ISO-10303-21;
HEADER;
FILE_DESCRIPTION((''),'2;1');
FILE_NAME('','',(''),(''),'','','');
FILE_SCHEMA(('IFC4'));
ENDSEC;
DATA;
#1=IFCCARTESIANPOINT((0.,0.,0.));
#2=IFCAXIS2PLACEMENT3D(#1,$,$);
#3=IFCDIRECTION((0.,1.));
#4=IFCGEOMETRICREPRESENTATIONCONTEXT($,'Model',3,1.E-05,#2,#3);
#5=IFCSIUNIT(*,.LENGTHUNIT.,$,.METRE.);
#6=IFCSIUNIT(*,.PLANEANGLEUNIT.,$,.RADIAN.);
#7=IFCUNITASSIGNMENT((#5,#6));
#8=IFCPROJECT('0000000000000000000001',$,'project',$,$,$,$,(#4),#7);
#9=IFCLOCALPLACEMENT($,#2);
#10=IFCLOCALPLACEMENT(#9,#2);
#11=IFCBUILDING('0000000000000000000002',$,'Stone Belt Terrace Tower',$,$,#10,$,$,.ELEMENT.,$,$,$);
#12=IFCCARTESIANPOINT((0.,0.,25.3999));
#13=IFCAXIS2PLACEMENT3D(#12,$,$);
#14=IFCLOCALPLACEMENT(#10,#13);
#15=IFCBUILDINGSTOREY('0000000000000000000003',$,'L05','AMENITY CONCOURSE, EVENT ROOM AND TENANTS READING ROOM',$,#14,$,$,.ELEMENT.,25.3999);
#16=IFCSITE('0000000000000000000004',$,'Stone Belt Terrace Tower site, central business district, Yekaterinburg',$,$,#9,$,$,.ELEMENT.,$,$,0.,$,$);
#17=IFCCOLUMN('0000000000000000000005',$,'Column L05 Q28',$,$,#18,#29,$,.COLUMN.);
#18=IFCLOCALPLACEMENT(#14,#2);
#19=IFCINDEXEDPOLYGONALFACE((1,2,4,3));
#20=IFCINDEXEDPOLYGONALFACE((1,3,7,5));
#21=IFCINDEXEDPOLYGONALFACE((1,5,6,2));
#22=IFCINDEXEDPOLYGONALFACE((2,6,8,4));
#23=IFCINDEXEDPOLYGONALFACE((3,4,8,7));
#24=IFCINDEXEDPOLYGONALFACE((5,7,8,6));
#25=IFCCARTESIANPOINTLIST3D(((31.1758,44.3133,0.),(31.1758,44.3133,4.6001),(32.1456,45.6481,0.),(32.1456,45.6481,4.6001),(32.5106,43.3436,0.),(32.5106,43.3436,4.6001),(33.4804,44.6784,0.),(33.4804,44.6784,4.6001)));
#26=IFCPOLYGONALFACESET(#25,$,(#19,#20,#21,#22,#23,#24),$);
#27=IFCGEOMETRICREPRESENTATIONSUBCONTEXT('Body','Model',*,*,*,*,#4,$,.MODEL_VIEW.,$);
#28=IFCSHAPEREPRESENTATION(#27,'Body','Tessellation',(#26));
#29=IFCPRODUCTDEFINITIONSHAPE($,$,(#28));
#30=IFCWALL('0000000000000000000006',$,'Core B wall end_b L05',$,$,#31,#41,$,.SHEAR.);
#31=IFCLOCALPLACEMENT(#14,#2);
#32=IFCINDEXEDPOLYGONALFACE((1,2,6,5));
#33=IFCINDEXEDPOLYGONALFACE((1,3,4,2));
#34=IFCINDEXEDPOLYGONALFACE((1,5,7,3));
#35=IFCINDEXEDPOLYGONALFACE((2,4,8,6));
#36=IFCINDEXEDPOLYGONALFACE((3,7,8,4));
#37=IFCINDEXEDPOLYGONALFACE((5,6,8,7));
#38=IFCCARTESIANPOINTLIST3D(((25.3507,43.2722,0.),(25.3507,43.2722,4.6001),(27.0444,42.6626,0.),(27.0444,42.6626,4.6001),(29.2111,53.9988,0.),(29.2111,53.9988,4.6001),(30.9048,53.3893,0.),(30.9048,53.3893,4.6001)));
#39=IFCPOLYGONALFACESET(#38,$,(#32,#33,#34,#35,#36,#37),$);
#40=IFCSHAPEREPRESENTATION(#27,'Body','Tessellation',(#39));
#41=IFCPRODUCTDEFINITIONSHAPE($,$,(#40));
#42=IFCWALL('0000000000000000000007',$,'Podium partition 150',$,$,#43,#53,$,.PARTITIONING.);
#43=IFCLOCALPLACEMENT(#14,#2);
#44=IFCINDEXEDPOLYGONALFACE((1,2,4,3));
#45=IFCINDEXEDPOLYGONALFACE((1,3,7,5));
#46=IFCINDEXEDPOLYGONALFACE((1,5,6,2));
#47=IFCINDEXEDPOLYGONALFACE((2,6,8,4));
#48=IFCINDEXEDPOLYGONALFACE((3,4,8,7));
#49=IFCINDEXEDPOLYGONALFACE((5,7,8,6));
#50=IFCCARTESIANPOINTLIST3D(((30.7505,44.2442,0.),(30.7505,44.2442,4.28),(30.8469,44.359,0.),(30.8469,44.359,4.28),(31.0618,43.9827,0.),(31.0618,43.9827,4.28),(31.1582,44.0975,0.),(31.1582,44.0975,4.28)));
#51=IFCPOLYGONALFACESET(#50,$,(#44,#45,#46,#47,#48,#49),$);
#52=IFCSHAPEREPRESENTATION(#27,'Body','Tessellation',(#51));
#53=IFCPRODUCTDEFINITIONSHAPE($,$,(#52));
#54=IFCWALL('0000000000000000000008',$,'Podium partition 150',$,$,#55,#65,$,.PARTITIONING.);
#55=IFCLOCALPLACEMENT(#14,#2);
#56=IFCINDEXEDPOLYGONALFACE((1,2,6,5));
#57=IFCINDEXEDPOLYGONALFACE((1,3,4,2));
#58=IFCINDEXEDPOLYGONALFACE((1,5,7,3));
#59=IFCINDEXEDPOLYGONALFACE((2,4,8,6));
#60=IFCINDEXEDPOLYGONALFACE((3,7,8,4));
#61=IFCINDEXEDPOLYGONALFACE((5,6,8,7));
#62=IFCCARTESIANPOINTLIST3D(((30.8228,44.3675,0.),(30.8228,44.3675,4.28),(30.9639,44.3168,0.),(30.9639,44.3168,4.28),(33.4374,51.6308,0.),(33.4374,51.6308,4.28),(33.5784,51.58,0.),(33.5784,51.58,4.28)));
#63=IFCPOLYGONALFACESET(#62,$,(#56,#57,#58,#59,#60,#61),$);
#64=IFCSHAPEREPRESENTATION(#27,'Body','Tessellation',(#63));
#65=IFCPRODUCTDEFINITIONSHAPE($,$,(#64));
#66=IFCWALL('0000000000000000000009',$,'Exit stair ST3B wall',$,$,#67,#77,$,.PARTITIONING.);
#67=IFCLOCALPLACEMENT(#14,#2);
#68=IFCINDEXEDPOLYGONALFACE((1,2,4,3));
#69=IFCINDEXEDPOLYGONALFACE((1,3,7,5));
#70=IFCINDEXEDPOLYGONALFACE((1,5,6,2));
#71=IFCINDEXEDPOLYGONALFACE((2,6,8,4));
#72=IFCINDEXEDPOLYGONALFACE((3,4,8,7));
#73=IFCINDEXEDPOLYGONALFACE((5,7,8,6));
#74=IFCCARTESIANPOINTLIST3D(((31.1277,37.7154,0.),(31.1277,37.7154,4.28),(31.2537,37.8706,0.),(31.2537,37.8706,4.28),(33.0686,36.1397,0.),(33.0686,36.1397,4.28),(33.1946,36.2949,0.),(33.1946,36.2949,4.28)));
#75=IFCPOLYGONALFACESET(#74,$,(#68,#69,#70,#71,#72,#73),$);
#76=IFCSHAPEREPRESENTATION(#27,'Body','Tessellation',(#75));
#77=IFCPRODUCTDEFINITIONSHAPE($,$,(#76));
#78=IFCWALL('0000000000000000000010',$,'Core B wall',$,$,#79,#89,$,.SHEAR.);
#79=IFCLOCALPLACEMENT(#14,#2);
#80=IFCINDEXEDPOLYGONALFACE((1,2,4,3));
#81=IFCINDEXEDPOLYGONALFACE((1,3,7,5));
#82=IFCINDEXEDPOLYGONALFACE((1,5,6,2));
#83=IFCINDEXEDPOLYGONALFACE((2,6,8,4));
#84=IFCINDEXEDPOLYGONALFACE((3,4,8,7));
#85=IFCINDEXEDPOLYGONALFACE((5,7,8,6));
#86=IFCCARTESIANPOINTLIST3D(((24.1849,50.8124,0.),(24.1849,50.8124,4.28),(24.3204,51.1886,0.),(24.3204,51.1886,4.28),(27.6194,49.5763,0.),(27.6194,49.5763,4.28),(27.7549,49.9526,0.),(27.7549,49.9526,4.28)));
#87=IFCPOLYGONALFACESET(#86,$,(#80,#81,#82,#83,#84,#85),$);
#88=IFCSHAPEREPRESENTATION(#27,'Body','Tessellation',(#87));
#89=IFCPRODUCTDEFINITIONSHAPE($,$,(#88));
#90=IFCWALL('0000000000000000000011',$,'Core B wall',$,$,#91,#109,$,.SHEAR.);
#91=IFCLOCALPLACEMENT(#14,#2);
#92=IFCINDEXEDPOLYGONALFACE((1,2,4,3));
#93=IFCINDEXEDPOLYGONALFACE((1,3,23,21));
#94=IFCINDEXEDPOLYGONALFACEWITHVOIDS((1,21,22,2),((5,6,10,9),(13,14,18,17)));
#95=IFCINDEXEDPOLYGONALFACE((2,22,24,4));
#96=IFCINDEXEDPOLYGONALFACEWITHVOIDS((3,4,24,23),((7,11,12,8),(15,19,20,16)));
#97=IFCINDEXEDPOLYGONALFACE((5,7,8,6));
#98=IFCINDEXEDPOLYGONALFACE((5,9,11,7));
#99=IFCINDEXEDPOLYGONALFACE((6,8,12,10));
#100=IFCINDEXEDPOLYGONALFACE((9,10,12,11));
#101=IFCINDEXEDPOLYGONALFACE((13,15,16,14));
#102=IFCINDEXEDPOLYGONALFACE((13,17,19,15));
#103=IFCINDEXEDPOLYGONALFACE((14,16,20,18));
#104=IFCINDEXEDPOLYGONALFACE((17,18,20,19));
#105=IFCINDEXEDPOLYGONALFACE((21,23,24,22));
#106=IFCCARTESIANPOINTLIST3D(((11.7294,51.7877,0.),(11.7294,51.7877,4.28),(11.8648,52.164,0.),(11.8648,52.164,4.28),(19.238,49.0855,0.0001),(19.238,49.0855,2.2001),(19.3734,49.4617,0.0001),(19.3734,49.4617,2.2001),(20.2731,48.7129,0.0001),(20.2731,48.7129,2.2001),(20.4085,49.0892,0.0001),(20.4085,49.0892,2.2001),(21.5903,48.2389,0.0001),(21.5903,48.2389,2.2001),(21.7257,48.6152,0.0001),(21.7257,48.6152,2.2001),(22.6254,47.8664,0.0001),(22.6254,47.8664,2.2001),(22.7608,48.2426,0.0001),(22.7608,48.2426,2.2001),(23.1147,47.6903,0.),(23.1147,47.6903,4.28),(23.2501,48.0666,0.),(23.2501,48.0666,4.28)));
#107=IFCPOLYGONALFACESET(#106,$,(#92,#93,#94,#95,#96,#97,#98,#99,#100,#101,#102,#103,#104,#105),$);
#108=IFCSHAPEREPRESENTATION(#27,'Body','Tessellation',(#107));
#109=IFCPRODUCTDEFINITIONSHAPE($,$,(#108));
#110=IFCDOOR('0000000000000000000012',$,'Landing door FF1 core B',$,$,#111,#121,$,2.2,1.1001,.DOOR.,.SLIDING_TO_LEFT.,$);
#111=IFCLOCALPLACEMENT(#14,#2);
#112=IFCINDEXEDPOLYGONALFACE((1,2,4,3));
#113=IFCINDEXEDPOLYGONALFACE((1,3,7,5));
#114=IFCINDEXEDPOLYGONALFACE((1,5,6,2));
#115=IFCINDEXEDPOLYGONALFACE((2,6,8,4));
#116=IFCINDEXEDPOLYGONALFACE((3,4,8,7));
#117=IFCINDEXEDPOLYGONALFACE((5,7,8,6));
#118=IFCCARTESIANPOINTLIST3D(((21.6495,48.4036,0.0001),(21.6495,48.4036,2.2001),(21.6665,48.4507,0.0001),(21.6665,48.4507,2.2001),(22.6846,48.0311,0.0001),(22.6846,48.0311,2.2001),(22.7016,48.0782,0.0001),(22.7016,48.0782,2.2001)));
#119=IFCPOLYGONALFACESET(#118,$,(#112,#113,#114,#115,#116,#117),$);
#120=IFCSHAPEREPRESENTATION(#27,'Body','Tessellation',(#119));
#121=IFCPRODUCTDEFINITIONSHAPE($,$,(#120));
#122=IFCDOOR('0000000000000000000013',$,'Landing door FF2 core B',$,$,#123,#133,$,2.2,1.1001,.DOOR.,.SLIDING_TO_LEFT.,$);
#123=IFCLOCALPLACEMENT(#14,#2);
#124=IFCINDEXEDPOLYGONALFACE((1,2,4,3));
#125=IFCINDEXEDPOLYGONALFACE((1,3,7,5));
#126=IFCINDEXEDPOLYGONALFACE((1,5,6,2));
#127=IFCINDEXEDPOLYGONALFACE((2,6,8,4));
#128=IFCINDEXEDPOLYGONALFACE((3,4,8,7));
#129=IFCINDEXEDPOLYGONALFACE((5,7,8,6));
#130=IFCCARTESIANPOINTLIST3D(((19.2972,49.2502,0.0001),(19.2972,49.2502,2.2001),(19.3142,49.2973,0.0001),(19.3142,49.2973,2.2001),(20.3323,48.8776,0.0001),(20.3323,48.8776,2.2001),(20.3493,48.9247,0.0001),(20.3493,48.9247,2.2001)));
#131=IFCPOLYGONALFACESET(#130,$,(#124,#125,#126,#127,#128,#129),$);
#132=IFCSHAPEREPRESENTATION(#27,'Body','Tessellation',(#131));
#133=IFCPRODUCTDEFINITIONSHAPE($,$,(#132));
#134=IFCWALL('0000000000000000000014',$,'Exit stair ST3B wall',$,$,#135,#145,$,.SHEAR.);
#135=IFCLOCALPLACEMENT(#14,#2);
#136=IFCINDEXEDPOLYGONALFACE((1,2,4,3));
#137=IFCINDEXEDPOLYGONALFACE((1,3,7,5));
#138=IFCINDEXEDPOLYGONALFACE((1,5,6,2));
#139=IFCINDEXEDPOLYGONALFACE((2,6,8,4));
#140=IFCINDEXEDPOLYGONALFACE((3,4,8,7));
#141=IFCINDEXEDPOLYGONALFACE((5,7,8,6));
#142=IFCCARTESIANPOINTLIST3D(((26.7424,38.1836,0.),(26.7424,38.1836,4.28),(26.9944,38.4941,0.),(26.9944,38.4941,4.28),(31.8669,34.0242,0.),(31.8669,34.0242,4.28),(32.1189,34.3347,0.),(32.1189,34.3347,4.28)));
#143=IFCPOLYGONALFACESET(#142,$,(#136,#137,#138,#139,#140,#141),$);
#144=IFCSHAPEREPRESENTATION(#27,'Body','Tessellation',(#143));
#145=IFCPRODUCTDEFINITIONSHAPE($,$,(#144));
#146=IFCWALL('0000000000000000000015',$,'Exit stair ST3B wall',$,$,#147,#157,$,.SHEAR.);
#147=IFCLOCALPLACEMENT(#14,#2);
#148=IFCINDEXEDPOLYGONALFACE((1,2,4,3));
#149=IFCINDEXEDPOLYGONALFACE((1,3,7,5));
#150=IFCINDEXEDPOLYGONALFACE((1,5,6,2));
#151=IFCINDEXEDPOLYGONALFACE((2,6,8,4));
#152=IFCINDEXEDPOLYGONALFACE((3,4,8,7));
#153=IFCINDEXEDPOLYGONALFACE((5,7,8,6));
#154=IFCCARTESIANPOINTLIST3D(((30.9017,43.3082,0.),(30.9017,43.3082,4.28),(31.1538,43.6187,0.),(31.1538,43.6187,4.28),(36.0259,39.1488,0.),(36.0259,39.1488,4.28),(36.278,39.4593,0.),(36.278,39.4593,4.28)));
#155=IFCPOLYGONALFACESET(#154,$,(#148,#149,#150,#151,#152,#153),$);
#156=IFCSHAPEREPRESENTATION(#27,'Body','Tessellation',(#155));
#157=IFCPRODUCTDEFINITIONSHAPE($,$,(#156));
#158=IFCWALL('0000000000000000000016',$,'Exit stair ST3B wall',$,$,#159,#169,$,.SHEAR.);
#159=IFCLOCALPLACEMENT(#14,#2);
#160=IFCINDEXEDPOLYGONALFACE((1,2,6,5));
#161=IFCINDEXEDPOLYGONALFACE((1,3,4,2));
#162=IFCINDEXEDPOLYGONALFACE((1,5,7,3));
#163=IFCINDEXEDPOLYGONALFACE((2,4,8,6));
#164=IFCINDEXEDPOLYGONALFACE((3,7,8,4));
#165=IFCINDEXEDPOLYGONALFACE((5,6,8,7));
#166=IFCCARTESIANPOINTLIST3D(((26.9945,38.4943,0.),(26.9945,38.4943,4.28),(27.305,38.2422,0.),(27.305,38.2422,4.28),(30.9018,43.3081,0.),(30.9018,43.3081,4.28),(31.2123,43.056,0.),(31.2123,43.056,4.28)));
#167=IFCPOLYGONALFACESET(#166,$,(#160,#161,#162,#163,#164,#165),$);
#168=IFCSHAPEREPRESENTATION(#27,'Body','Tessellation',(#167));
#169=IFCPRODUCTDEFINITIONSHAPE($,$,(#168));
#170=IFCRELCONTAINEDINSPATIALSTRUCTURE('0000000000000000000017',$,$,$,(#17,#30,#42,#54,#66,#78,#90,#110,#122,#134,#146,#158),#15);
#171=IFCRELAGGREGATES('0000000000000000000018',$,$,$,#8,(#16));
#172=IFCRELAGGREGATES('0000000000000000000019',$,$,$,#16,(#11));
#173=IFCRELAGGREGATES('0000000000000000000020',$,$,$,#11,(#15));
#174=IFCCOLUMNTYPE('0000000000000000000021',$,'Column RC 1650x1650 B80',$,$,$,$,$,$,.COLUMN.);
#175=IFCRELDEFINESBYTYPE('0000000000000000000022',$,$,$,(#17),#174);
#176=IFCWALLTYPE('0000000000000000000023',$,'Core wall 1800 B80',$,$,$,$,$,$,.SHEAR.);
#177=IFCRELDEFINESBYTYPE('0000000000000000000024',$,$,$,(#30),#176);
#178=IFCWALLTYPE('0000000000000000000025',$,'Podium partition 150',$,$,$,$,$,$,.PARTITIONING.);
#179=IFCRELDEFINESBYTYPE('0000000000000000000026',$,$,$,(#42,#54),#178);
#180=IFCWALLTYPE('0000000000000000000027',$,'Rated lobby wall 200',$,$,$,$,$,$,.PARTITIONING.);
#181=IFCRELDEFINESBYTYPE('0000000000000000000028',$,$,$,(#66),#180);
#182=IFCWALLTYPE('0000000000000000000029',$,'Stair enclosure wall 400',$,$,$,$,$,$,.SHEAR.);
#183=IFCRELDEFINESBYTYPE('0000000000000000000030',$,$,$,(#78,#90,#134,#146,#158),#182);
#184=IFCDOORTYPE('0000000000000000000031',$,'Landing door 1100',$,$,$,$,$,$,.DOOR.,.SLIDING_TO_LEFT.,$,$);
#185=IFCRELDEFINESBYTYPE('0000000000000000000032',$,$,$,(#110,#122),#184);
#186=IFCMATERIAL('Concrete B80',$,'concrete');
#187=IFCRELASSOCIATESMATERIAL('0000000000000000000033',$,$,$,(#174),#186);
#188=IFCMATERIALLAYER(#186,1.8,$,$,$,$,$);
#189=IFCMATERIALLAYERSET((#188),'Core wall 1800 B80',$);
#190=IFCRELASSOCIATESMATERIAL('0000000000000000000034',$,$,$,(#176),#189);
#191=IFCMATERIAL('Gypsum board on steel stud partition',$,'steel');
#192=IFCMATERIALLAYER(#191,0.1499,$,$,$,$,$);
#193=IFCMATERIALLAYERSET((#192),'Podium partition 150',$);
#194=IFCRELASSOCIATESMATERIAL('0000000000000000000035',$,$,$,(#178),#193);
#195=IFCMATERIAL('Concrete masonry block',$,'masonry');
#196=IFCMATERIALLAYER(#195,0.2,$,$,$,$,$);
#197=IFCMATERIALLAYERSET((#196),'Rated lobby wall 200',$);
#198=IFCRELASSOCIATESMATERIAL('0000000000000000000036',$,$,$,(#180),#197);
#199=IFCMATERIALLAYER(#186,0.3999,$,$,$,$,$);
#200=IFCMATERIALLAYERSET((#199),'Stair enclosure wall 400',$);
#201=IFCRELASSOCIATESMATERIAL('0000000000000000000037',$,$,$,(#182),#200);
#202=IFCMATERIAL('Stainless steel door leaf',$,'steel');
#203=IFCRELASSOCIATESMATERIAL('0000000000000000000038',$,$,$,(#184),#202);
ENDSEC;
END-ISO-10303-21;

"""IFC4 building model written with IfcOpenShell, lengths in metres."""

from ifc_helpers import new_model, si_unit, direction, frame, frame_2d, origin, origin_2d, place, context, subcontext, project, spatial, rectangle, extrude, material, layer, layer_set, material_profile, profile_set, type_object, element, fill, save


model = new_model("IFC4")

# Units and contexts
model_context = context("Model", 3, precision=1e-05, world=origin(), true_north=direction((0.0, 1.0)))
body_context = subcontext(model_context, "Body", "Model", "MODEL_VIEW")
ifc_project = project(units=[si_unit("LENGTHUNIT", "METRE"), si_unit("PLANEANGLEUNIT", "RADIAN")], contexts=[model_context])

# Site, building, storey
site_placement = place(None, origin())
site = spatial("IfcSite", under=ifc_project, at=site_placement, Name="Stone Belt Terrace Tower site, central business district, Yekaterinburg", CompositionType="ELEMENT", RefElevation=0.0)
building_placement = place(site_placement, origin())
building = spatial("IfcBuilding", under=site, at=building_placement, Name="Stone Belt Terrace Tower", CompositionType="ELEMENT")
storey_placement = place(building_placement, frame((0.0, 0.0, 25.3999)))
storey = spatial("IfcBuildingStorey", under=building, at=storey_placement, Name="L05", Description="AMENITY CONCOURSE, EVENT ROOM AND TENANTS READING ROOM", CompositionType="ELEMENT", Elevation=25.3999)

# Column
ifc_material_1 = material(Name="Concrete B80", Category="concrete")
ifc_material_profile = material_profile(ifc_material_1, rectangle(XDim=1.6499, YDim=1.6499, at=origin_2d()), Name="RC 1650x1650")
ifc_profile_set = profile_set([ifc_material_profile], Name="Concrete B80")
column_type = type_object("IfcColumnType", Name="Column RC 1650x1650 B80", PredefinedType="COLUMN", material=ifc_profile_set)
column_placement = place(storey_placement, frame((32.3281, 44.4958, 0.0), z_axis=(0.0, 0.0, 1.0), x_axis=(0.809017, -0.587785, 0.0)))
element("IfcColumn", 1, at=column_placement, inside=storey, type_object=column_type, Name="Column L05 Q28", PredefinedType="COLUMN", context=body_context, shape_type="SweptSolid", body=[
    extrude(rectangle(XDim=1.6499, YDim=1.6499, at=origin_2d()), origin(), (0.0, 0.0, 1.0), 4.6001),
])

# Walls
ifc_layer_1 = layer(ifc_material_1, 1.8)
ifc_layer_set_1 = layer_set([ifc_layer_1], Name="Core wall 1800 B80")
wall_type_1 = type_object("IfcWallType", Name="Core wall 1800 B80", PredefinedType="SHEAR", material=ifc_layer_set_1)
wall_1_placement = place(storey_placement, frame((26.1975, 42.9673, 0.0), z_axis=(0.0, 0.0, 1.0), x_axis=(0.338625, 0.940921, 0.0)))
element("IfcWall", 2, at=wall_1_placement, inside=storey, type_object=wall_type_1, Name="Core B wall end_b L05", PredefinedType="SHEAR", context=body_context, shape_type="SweptSolid", body=[
    extrude(rectangle(XDim=11.4001, YDim=1.8, at=frame_2d((5.7002, 0.0))), origin(), (0.0, 0.0, 1.0), 4.6001),
])
ifc_material_2 = material(Name="Gypsum board on steel stud partition", Category="steel")
ifc_layer_2 = layer(ifc_material_2, 0.1499)
ifc_layer_set_2 = layer_set([ifc_layer_2], Name="Podium partition 150")
wall_type_2 = type_object("IfcWallType", Name="Podium partition 150", PredefinedType="PARTITIONING", material=ifc_layer_set_2)
wall_2_placement = place(storey_placement, frame((30.7988, 44.3015, 0.0), z_axis=(0.0, 0.0, 1.0), x_axis=(0.765705, -0.643192, 0.0)))
element("IfcWall", 3, at=wall_2_placement, inside=storey, type_object=wall_type_2, Name="Podium partition 150", PredefinedType="PARTITIONING", context=body_context, shape_type="SweptSolid", body=[
    extrude(rectangle(XDim=0.4065, YDim=0.1499, at=frame_2d((0.2031, 0.0))), origin(), (0.0, 0.0, 1.0), 4.28),
])
wall_3_placement = place(storey_placement, frame((30.8933, 44.342, 0.0), z_axis=(0.0, 0.0, 1.0), x_axis=(0.338691, 0.940897, 0.0)))
element("IfcWall", 4, at=wall_3_placement, inside=storey, type_object=wall_type_2, Name="Podium partition 150", PredefinedType="PARTITIONING", context=body_context, shape_type="SweptSolid", body=[
    extrude(rectangle(XDim=7.7195, YDim=0.1499, at=frame_2d((3.8599, 0.0))), origin(), (0.0, 0.0, 1.0), 4.28),
])
ifc_material_3 = material(Name="Concrete masonry block", Category="masonry")
ifc_layer_3 = layer(ifc_material_3, 0.2)
ifc_layer_set_3 = layer_set([ifc_layer_3], Name="Rated lobby wall 200")
wall_type_3 = type_object("IfcWallType", Name="Rated lobby wall 200", PredefinedType="PARTITIONING", material=ifc_layer_set_3)
wall_4_placement = place(storey_placement, frame((31.1907, 37.793, 0.0), z_axis=(0.0, 0.0, 1.0), x_axis=(0.776371, -0.630276, 0.0)))
element("IfcWall", 5, at=wall_4_placement, inside=storey, type_object=wall_type_3, Name="Exit stair ST3B wall", PredefinedType="PARTITIONING", context=body_context, shape_type="SweptSolid", body=[
    extrude(rectangle(XDim=2.5, YDim=0.2, at=frame_2d((1.25, 0.0))), origin(), (0.0, 0.0, 1.0), 4.28),
])
ifc_layer_4 = layer(ifc_material_1, 0.3999)
ifc_layer_set_4 = layer_set([ifc_layer_4], Name="Stair enclosure wall 400")
wall_type_4 = type_object("IfcWallType", Name="Stair enclosure wall 400", PredefinedType="SHEAR", material=ifc_layer_set_4)
wall_5_placement = place(storey_placement, frame((27.6873, 49.7644, 0.0), z_axis=(0.0, 0.0, 1.0), x_axis=(-0.940919, 0.338632, 0.0)))
element("IfcWall", 6, at=wall_5_placement, inside=storey, type_object=wall_type_4, Name="Core B wall", PredefinedType="SHEAR", context=body_context, shape_type="SweptSolid", body=[
    extrude(rectangle(XDim=3.6501, YDim=0.3999, at=frame_2d((1.8252, 0.0))), origin(), (0.0, 0.0, 1.0), 4.28),
])

# Wall, openings, doors
wall_6_placement = place(storey_placement, frame((23.1824, 47.8784, 0.0), z_axis=(0.0, 0.0, 1.0), x_axis=(-0.940921, 0.338626, 0.0)))
wall_6 = element("IfcWall", 7, at=wall_6_placement, inside=storey, type_object=wall_type_4, Name="Core B wall", PredefinedType="SHEAR", context=body_context, shape_type="SweptSolid", body=[
    extrude(rectangle(XDim=12.1001, YDim=0.3999, at=frame_2d((6.05, 0.0))), origin(), (0.0, 0.0, 1.0), 4.28),
])
opening_1_placement = place(wall_6_placement, frame((0.52, 0.0, 0.0)))
opening_1 = element("IfcOpeningElement", 8, at=opening_1_placement, cuts=wall_6, PredefinedType="OPENING", context=body_context, shape_type="SweptSolid", body=[
    extrude(rectangle(XDim=1.1001, YDim=2.2, at=frame_2d((0.55, 1.1001))), frame((0.0, 0.21, 0.0), z_axis=(0.0, -1.0, 0.0), x_axis=(1.0, 0.0, 0.0)), (0.0, 0.0, 1.0), 0.4199),
])
opening_2_placement = place(wall_6_placement, frame((3.02, 0.0, 0.0)))
opening_2 = element("IfcOpeningElement", 9, at=opening_2_placement, cuts=wall_6, PredefinedType="OPENING", context=body_context, shape_type="SweptSolid", body=[
    extrude(rectangle(XDim=1.1001, YDim=2.2, at=frame_2d((0.55, 1.1001))), frame((0.0, 0.21, 0.0), z_axis=(0.0, -1.0, 0.0), x_axis=(1.0, 0.0, 0.0)), (0.0, 0.0, 1.0), 0.4199),
])
ifc_material_4 = material(Name="Stainless steel door leaf", Category="steel")
door_type = type_object("IfcDoorType", Name="Landing door 1100", OperationType="SLIDING_TO_LEFT", PredefinedType="DOOR", material=ifc_material_4)
door_1_placement = place(opening_1_placement, origin())
door_1 = element("IfcDoor", 10, at=door_1_placement, inside=storey, type_object=door_type, Name="Landing door FF1 core B", OperationType="SLIDING_TO_LEFT", OverallHeight=2.2, OverallWidth=1.1001, PredefinedType="DOOR", context=body_context, shape_type="SweptSolid", body=[
    extrude(rectangle(XDim=1.1001, YDim=2.2, at=frame_2d((0.55, 1.1001))), frame((0.0, 0.0249, 0.0), z_axis=(0.0, -1.0, 0.0), x_axis=(1.0, 0.0, 0.0)), (0.0, 0.0, 1.0), 0.05),
])
fill(opening_1, door_1)
door_2_placement = place(opening_2_placement, origin())
door_2 = element("IfcDoor", 11, at=door_2_placement, inside=storey, type_object=door_type, Name="Landing door FF2 core B", OperationType="SLIDING_TO_LEFT", OverallHeight=2.2, OverallWidth=1.1001, PredefinedType="DOOR", context=body_context, shape_type="SweptSolid", body=[
    extrude(rectangle(XDim=1.1001, YDim=2.2, at=frame_2d((0.55, 1.1001))), frame((0.0, 0.0249, 0.0), z_axis=(0.0, -1.0, 0.0), x_axis=(1.0, 0.0, 0.0)), (0.0, 0.0, 1.0), 0.05),
])
fill(opening_2, door_2)

# Walls
wall_7_placement = place(storey_placement, frame((26.8684, 38.3389, 0.0), z_axis=(0.0, 0.0, 1.0), x_axis=(0.776428, -0.630205, 0.0)))
element("IfcWall", 12, at=wall_7_placement, inside=storey, type_object=wall_type_4, Name="Exit stair ST3B wall", PredefinedType="SHEAR", context=body_context, shape_type="SweptSolid", body=[
    extrude(rectangle(XDim=6.6001, YDim=0.3999, at=frame_2d((3.3, 0.0))), origin(), (0.0, 0.0, 1.0), 4.28),
])
wall_8_placement = place(storey_placement, frame((31.0278, 43.4634, 0.0), z_axis=(0.0, 0.0, 1.0), x_axis=(0.776414, -0.630224, 0.0)))
element("IfcWall", 13, at=wall_8_placement, inside=storey, type_object=wall_type_4, Name="Exit stair ST3B wall", PredefinedType="SHEAR", context=body_context, shape_type="SweptSolid", body=[
    extrude(rectangle(XDim=6.5999, YDim=0.3999, at=frame_2d((3.2998, 0.0))), origin(), (0.0, 0.0, 1.0), 4.28),
])
wall_9_placement = place(storey_placement, frame((27.1497, 38.3682, 0.0), z_axis=(0.0, 0.0, 1.0), x_axis=(0.630212, 0.776423, 0.0)))
element("IfcWall", 14, at=wall_9_placement, inside=storey, type_object=wall_type_4, Name="Exit stair ST3B wall", PredefinedType="SHEAR", context=body_context, shape_type="SweptSolid", body=[
    extrude(rectangle(XDim=6.2, YDim=0.3999, at=frame_2d((3.1001, 0.0))), origin(), (0.0, 0.0, 1.0), 4.28),
])

save(model, "model.ifc")
